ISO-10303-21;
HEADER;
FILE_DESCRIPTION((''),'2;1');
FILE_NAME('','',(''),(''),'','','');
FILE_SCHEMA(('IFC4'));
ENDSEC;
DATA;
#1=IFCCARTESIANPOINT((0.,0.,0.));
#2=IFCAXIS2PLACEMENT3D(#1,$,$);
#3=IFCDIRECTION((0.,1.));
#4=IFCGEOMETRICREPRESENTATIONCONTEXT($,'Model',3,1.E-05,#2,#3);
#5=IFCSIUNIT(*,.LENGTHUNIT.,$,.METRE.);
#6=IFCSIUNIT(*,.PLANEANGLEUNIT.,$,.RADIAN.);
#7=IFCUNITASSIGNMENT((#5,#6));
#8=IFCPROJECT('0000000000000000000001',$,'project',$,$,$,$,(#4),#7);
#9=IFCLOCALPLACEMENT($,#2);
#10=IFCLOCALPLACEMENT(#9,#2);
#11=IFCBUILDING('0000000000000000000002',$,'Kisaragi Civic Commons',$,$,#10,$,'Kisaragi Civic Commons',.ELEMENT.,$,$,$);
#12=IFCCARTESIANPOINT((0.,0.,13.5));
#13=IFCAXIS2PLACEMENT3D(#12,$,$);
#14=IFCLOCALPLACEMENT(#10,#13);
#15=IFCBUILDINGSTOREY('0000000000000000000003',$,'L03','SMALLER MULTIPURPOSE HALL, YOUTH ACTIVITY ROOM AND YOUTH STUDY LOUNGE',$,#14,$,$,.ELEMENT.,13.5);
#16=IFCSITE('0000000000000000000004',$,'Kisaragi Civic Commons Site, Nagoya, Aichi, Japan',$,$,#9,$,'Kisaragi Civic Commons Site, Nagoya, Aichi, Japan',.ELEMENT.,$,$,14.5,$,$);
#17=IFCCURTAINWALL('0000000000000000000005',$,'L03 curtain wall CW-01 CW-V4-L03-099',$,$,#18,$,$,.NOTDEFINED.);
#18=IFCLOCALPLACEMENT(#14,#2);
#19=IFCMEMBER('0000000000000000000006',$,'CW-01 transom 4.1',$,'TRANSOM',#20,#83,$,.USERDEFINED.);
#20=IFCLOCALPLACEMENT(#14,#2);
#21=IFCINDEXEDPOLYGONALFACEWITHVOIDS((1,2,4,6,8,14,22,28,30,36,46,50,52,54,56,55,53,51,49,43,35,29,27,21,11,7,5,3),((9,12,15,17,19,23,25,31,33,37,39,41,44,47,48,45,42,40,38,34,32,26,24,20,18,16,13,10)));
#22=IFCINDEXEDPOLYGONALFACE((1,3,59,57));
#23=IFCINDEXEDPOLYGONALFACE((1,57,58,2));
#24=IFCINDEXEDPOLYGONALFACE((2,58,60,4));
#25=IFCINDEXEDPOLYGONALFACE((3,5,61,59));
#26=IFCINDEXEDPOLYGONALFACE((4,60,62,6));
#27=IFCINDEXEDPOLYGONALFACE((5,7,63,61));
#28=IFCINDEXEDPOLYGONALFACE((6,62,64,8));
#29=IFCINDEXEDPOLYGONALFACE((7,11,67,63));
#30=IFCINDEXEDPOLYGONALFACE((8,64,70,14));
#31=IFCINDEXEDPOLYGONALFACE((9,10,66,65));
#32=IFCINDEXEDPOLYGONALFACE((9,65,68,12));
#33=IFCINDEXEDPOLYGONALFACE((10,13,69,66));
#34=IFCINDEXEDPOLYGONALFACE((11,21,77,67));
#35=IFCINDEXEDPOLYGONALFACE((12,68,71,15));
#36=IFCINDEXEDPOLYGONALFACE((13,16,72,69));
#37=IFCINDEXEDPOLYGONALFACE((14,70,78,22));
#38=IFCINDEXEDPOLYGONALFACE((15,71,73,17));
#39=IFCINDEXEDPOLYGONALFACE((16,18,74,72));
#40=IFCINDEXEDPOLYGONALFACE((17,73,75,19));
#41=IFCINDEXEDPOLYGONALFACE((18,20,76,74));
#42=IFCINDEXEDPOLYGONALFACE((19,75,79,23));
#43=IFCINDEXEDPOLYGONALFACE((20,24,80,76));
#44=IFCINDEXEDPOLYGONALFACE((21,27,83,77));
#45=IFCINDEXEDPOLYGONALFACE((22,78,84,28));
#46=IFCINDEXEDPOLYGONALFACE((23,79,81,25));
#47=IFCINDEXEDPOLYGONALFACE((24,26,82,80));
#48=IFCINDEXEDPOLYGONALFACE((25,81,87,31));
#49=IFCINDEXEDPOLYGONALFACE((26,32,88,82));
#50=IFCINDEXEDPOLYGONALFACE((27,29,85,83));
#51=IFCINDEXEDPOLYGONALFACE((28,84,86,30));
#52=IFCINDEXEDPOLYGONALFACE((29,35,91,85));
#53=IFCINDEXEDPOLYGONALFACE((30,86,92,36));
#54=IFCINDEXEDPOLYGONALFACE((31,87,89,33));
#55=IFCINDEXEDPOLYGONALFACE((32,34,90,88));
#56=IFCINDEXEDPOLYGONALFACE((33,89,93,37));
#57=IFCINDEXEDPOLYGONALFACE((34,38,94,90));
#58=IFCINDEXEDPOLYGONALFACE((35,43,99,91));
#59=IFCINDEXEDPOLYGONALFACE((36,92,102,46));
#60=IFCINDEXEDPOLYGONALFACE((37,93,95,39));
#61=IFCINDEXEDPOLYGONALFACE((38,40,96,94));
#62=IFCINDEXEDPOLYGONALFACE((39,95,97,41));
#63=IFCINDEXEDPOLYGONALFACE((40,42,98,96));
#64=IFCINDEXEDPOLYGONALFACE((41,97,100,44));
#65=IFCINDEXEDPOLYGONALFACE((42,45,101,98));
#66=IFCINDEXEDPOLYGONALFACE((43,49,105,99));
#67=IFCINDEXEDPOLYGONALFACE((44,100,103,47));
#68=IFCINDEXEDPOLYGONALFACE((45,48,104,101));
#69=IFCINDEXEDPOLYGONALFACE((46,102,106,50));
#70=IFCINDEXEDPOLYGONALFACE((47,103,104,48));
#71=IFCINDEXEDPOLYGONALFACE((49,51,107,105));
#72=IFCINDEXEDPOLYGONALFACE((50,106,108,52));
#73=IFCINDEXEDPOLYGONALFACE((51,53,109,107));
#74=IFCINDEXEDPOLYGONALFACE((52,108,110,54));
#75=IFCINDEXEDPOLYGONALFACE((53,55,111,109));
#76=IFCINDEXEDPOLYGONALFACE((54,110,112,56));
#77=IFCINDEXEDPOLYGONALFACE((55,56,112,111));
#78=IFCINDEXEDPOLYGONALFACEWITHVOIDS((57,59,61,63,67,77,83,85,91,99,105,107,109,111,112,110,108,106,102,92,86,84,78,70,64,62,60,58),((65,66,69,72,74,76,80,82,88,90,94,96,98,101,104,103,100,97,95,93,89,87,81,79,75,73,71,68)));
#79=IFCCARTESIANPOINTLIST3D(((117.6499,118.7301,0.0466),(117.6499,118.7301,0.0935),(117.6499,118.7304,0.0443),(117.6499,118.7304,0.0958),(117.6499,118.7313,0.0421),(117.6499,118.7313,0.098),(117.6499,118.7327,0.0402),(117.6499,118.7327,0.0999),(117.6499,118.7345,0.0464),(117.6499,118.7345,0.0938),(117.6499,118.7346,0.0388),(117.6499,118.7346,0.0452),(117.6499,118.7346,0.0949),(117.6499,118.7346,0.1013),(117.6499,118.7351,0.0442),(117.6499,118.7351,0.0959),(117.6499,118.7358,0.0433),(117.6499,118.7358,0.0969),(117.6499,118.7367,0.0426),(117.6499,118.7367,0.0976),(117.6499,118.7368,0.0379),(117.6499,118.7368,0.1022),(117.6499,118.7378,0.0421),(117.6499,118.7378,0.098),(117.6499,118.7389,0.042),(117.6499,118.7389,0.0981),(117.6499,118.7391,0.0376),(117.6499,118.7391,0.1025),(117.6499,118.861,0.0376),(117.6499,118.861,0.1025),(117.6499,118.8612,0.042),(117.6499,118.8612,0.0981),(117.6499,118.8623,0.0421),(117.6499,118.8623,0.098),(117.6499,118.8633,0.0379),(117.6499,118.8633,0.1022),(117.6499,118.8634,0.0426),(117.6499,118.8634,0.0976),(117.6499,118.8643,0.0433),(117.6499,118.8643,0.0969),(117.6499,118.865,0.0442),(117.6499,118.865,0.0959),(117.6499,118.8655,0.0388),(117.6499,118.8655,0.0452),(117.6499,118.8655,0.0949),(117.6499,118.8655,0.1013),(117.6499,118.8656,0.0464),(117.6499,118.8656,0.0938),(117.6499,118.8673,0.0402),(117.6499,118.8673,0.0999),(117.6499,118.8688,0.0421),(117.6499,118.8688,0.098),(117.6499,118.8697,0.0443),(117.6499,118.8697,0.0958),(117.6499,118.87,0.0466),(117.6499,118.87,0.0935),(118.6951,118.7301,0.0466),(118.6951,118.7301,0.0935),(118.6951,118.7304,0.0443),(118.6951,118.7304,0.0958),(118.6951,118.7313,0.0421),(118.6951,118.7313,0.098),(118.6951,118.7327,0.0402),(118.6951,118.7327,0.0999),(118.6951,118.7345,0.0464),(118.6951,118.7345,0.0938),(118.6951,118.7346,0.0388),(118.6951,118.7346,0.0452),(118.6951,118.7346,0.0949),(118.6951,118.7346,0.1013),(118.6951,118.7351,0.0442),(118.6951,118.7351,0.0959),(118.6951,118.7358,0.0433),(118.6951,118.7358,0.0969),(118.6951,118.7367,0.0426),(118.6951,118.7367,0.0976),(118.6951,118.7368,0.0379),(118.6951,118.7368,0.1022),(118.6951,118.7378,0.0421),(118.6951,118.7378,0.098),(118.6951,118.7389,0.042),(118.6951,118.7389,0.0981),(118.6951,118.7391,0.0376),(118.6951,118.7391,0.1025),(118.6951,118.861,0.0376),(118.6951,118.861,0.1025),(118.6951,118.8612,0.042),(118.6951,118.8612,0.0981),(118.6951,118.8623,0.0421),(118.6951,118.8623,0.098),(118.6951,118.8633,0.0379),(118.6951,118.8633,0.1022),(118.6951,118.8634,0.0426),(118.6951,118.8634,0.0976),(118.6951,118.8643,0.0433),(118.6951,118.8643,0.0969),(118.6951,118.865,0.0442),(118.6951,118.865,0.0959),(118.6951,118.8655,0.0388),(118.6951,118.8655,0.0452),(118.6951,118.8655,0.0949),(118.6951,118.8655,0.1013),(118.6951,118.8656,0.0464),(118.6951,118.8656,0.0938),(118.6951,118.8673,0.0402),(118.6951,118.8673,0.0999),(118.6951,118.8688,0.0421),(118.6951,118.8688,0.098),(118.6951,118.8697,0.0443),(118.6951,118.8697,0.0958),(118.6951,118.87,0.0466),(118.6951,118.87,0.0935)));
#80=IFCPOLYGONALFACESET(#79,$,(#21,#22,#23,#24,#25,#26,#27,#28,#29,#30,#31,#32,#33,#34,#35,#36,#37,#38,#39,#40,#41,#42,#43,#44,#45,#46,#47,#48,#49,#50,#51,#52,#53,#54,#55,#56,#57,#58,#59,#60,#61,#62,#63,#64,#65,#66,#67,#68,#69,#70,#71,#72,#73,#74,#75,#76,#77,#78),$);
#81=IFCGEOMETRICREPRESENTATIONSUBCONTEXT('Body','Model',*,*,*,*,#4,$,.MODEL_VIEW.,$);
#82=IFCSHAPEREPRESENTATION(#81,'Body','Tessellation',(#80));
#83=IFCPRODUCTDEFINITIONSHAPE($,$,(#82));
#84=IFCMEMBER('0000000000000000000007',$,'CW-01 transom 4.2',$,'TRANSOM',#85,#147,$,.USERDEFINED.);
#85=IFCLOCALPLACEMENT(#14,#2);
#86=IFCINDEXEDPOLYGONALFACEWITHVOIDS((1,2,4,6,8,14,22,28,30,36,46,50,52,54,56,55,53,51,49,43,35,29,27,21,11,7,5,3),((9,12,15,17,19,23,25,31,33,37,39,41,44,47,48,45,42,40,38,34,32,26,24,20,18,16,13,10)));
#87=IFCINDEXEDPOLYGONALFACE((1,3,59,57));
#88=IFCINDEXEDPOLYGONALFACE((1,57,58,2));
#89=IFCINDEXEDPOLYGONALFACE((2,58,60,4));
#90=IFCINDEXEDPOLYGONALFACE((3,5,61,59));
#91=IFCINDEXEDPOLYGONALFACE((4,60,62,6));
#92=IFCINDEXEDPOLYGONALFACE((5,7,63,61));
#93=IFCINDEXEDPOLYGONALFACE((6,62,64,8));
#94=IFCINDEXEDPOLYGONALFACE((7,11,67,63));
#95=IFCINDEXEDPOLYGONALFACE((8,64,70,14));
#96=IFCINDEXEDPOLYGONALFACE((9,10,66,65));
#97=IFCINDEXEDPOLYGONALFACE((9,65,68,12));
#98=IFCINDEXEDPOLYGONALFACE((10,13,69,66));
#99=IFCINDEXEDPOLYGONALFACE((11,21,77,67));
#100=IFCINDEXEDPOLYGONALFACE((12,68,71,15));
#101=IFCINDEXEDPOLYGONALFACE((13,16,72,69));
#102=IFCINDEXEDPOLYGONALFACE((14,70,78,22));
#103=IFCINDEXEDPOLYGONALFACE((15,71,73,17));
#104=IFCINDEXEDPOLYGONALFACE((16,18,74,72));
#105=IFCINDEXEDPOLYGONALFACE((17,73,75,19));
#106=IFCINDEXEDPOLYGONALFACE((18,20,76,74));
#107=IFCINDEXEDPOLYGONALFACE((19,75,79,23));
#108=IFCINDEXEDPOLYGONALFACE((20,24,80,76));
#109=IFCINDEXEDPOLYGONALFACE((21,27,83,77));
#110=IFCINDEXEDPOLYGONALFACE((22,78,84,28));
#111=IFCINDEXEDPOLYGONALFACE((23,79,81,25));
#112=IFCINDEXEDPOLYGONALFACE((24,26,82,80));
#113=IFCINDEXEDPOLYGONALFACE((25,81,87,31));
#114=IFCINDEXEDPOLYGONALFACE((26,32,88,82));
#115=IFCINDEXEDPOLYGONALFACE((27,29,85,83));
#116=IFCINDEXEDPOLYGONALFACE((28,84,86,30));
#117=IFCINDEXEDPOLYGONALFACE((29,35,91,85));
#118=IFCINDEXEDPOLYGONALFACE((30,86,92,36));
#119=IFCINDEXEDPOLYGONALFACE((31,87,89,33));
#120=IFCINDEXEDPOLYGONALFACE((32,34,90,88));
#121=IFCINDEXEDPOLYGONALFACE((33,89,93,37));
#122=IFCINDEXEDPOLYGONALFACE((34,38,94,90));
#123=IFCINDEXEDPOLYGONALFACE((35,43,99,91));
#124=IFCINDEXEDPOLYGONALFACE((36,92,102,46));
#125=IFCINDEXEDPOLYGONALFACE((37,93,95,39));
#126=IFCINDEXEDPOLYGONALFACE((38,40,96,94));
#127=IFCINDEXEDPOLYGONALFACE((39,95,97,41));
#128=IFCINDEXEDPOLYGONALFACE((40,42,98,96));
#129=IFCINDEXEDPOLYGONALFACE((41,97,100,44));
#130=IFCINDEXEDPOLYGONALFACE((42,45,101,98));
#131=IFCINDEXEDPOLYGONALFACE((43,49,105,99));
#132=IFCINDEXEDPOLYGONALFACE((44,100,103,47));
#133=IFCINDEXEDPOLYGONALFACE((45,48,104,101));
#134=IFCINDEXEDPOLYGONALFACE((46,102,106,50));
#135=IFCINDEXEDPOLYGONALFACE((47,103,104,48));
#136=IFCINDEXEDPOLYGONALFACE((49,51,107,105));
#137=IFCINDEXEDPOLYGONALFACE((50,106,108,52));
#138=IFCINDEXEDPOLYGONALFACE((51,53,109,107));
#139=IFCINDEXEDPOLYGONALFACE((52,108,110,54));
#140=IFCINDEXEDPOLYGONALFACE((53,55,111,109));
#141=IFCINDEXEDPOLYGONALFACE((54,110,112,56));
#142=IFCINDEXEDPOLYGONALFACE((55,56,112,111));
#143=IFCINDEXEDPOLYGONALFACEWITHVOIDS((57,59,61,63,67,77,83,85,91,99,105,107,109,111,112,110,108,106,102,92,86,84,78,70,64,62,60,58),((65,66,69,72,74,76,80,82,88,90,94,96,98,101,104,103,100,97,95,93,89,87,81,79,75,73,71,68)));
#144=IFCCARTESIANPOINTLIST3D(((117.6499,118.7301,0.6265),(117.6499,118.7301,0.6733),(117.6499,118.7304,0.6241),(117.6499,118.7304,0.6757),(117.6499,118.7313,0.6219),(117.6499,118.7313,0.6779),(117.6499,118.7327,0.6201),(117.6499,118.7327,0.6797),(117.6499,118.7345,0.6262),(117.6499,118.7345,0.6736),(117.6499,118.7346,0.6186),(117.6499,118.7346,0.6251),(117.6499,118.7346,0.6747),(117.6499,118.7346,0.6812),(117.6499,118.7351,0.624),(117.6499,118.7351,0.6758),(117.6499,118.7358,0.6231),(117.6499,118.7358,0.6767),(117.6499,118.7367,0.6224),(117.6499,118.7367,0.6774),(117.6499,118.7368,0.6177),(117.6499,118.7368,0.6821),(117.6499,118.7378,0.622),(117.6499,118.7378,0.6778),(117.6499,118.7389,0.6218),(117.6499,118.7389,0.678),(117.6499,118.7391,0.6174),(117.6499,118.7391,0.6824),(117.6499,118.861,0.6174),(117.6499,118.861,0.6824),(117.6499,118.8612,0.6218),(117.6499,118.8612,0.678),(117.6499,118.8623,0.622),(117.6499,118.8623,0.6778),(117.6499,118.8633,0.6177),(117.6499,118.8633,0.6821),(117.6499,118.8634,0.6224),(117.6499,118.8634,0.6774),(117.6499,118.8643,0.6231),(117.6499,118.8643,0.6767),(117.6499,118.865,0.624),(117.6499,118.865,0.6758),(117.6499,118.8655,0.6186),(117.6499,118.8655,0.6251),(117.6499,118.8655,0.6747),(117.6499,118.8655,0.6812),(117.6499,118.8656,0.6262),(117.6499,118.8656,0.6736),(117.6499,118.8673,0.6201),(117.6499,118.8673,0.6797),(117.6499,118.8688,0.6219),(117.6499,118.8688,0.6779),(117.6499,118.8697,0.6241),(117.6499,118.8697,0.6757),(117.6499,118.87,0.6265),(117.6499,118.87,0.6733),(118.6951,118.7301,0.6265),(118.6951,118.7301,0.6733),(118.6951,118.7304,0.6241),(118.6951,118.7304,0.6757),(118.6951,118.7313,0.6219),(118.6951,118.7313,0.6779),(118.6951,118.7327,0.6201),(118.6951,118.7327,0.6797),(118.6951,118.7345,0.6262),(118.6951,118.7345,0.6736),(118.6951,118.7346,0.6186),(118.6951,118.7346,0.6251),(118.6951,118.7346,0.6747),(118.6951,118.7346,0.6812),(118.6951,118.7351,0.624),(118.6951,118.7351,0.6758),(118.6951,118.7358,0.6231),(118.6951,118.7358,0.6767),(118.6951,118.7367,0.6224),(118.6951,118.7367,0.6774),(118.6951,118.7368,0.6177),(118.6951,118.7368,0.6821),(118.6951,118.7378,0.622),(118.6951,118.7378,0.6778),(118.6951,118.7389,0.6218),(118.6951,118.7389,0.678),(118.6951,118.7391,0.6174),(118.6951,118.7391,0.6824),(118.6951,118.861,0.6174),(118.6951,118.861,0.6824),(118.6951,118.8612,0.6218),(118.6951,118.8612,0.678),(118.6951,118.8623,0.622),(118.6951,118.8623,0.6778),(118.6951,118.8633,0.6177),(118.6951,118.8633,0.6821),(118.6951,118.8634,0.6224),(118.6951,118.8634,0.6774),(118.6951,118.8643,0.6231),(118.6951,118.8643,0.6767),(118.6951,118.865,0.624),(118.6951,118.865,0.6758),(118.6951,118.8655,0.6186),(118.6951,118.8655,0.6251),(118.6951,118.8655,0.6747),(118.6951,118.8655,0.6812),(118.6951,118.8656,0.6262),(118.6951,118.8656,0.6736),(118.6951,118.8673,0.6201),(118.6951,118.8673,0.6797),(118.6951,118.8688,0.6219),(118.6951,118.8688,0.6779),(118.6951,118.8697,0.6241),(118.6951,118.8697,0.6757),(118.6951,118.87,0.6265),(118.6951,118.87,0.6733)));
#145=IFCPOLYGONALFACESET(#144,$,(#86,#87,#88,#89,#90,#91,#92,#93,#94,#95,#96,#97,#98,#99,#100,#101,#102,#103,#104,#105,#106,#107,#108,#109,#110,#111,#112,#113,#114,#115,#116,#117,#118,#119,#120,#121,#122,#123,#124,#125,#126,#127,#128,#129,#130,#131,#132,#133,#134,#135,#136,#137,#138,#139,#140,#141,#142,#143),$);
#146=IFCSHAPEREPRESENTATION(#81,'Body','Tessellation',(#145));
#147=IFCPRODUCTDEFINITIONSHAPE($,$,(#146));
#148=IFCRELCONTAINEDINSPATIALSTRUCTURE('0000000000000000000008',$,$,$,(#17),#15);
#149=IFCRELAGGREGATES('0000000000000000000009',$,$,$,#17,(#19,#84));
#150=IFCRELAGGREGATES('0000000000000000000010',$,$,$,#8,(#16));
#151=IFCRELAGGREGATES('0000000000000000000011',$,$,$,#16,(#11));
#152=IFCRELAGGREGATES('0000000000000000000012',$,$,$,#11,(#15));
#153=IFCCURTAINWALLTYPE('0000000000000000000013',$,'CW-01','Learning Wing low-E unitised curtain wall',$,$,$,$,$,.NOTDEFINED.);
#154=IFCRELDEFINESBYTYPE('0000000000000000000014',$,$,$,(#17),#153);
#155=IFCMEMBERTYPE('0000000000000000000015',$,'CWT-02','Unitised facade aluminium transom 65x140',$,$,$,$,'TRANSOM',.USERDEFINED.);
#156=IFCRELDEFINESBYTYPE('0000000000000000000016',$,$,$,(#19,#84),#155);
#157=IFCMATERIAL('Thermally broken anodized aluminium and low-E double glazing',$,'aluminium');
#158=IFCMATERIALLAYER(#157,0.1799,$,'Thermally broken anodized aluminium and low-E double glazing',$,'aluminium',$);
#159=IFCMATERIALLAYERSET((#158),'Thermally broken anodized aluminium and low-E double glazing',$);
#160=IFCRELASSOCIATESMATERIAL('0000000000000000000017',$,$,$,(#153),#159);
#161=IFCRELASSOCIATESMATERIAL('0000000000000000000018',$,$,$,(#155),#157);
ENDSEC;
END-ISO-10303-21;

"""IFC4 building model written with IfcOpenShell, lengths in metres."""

from ifc_helpers import new_model, si_unit, direction, frame, origin, origin_2d, place, context, subcontext, project, spatial, hollow_rectangle, extrude, material, layer, layer_set, material_profile, profile_set, type_object, element, aggregate, save


model = new_model("IFC4")

# Units and contexts
model_context = context("Model", 3, precision=1e-05, world=origin(), true_north=direction((0.0, 1.0)))
body_context = subcontext(model_context, "Body", "Model", "MODEL_VIEW")
ifc_project = project(units=[si_unit("LENGTHUNIT", "METRE"), si_unit("PLANEANGLEUNIT", "RADIAN")], contexts=[model_context])

# Site, building, storey
site_placement = place(None, origin())
site = spatial("IfcSite", under=ifc_project, at=site_placement, Name="Kisaragi Civic Commons Site, Nagoya, Aichi, Japan", LongName="Kisaragi Civic Commons Site, Nagoya, Aichi, Japan", CompositionType="ELEMENT", RefElevation=14.5)
building_placement = place(site_placement, origin())
building = spatial("IfcBuilding", under=site, at=building_placement, Name="Kisaragi Civic Commons", LongName="Kisaragi Civic Commons", CompositionType="ELEMENT")
storey_placement = place(building_placement, frame((0.0, 0.0, 13.5)))
storey = spatial("IfcBuildingStorey", under=building, at=storey_placement, Name="L03", Description="SMALLER MULTIPURPOSE HALL, YOUTH ACTIVITY ROOM AND YOUTH STUDY LOUNGE", CompositionType="ELEMENT", Elevation=13.5)

# Curtain wall
ifc_material = material(Name="Thermally broken anodized aluminium and low-E double glazing", Category="aluminium")
ifc_layer_1 = layer(ifc_material, 0.1799, Name="Thermally broken anodized aluminium and low-E double glazing", Category="aluminium")
ifc_layer_set_1 = layer_set([ifc_layer_1], Name="Thermally broken anodized aluminium and low-E double glazing")
curtain_wall_type = type_object("IfcCurtainWallType", Name="CW-01", Description="Learning Wing low-E unitised curtain wall", PredefinedType="NOTDEFINED", material=ifc_layer_set_1)
curtain_wall_1_placement = place(storey_placement, origin())
curtain_wall_1 = element("IfcCurtainWall", 1, at=curtain_wall_1_placement, inside=storey, type_object=curtain_wall_type, Name="L03 curtain wall CW-01 CW-V4-L03-099", PredefinedType="NOTDEFINED")

# Members
ifc_material_profile_1 = material_profile(ifc_material, hollow_rectangle(XDim=0.1399, YDim=0.0649, WallThickness=0.0044, InnerFilletRadius=0.0044, OuterFilletRadius=0.009, at=origin_2d()), Name="CWT-65x140x4.5", Category="aluminium")
ifc_profile_set_1 = profile_set([ifc_material_profile_1], Name="Thermally broken anodized aluminium and low-E double glazing")
member_type_1 = type_object("IfcMemberType", Name="CWT-02", Description="Unitised facade aluminium transom 65x140", ElementType="TRANSOM", PredefinedType="USERDEFINED", material=ifc_profile_set_1)
member_1_placement = place(storey_placement, frame((117.6499, 118.8, 0.0701), z_axis=(1.0, 0.0, 0.0), x_axis=(0.0, 1.0, 0.0)))
member_1 = element("IfcMember", 2, at=member_1_placement, type_object=member_type_1, Name="CW-01 transom 4.1", ObjectType="TRANSOM", PredefinedType="USERDEFINED", context=body_context, shape_type="SweptSolid", body=[
    extrude(hollow_rectangle(XDim=0.1399, YDim=0.0649, WallThickness=0.0044, InnerFilletRadius=0.0044, OuterFilletRadius=0.009, at=origin_2d()), origin(), (0.0, 0.0, 1.0), 1.0452),
])
member_2_placement = place(storey_placement, frame((117.6499, 118.8, 0.6499), z_axis=(1.0, 0.0, 0.0), x_axis=(0.0, 1.0, 0.0)))
member_2 = element("IfcMember", 3, at=member_2_placement, type_object=member_type_1, Name="CW-01 transom 4.2", ObjectType="TRANSOM", PredefinedType="USERDEFINED", context=body_context, shape_type="SweptSolid", body=[
    extrude(hollow_rectangle(XDim=0.1399, YDim=0.0649, WallThickness=0.0044, InnerFilletRadius=0.0044, OuterFilletRadius=0.009, at=origin_2d()), origin(), (0.0, 0.0, 1.0), 1.0452),
])

aggregate(curtain_wall_1, [member_1, member_2])

save(model, "model.ifc")
